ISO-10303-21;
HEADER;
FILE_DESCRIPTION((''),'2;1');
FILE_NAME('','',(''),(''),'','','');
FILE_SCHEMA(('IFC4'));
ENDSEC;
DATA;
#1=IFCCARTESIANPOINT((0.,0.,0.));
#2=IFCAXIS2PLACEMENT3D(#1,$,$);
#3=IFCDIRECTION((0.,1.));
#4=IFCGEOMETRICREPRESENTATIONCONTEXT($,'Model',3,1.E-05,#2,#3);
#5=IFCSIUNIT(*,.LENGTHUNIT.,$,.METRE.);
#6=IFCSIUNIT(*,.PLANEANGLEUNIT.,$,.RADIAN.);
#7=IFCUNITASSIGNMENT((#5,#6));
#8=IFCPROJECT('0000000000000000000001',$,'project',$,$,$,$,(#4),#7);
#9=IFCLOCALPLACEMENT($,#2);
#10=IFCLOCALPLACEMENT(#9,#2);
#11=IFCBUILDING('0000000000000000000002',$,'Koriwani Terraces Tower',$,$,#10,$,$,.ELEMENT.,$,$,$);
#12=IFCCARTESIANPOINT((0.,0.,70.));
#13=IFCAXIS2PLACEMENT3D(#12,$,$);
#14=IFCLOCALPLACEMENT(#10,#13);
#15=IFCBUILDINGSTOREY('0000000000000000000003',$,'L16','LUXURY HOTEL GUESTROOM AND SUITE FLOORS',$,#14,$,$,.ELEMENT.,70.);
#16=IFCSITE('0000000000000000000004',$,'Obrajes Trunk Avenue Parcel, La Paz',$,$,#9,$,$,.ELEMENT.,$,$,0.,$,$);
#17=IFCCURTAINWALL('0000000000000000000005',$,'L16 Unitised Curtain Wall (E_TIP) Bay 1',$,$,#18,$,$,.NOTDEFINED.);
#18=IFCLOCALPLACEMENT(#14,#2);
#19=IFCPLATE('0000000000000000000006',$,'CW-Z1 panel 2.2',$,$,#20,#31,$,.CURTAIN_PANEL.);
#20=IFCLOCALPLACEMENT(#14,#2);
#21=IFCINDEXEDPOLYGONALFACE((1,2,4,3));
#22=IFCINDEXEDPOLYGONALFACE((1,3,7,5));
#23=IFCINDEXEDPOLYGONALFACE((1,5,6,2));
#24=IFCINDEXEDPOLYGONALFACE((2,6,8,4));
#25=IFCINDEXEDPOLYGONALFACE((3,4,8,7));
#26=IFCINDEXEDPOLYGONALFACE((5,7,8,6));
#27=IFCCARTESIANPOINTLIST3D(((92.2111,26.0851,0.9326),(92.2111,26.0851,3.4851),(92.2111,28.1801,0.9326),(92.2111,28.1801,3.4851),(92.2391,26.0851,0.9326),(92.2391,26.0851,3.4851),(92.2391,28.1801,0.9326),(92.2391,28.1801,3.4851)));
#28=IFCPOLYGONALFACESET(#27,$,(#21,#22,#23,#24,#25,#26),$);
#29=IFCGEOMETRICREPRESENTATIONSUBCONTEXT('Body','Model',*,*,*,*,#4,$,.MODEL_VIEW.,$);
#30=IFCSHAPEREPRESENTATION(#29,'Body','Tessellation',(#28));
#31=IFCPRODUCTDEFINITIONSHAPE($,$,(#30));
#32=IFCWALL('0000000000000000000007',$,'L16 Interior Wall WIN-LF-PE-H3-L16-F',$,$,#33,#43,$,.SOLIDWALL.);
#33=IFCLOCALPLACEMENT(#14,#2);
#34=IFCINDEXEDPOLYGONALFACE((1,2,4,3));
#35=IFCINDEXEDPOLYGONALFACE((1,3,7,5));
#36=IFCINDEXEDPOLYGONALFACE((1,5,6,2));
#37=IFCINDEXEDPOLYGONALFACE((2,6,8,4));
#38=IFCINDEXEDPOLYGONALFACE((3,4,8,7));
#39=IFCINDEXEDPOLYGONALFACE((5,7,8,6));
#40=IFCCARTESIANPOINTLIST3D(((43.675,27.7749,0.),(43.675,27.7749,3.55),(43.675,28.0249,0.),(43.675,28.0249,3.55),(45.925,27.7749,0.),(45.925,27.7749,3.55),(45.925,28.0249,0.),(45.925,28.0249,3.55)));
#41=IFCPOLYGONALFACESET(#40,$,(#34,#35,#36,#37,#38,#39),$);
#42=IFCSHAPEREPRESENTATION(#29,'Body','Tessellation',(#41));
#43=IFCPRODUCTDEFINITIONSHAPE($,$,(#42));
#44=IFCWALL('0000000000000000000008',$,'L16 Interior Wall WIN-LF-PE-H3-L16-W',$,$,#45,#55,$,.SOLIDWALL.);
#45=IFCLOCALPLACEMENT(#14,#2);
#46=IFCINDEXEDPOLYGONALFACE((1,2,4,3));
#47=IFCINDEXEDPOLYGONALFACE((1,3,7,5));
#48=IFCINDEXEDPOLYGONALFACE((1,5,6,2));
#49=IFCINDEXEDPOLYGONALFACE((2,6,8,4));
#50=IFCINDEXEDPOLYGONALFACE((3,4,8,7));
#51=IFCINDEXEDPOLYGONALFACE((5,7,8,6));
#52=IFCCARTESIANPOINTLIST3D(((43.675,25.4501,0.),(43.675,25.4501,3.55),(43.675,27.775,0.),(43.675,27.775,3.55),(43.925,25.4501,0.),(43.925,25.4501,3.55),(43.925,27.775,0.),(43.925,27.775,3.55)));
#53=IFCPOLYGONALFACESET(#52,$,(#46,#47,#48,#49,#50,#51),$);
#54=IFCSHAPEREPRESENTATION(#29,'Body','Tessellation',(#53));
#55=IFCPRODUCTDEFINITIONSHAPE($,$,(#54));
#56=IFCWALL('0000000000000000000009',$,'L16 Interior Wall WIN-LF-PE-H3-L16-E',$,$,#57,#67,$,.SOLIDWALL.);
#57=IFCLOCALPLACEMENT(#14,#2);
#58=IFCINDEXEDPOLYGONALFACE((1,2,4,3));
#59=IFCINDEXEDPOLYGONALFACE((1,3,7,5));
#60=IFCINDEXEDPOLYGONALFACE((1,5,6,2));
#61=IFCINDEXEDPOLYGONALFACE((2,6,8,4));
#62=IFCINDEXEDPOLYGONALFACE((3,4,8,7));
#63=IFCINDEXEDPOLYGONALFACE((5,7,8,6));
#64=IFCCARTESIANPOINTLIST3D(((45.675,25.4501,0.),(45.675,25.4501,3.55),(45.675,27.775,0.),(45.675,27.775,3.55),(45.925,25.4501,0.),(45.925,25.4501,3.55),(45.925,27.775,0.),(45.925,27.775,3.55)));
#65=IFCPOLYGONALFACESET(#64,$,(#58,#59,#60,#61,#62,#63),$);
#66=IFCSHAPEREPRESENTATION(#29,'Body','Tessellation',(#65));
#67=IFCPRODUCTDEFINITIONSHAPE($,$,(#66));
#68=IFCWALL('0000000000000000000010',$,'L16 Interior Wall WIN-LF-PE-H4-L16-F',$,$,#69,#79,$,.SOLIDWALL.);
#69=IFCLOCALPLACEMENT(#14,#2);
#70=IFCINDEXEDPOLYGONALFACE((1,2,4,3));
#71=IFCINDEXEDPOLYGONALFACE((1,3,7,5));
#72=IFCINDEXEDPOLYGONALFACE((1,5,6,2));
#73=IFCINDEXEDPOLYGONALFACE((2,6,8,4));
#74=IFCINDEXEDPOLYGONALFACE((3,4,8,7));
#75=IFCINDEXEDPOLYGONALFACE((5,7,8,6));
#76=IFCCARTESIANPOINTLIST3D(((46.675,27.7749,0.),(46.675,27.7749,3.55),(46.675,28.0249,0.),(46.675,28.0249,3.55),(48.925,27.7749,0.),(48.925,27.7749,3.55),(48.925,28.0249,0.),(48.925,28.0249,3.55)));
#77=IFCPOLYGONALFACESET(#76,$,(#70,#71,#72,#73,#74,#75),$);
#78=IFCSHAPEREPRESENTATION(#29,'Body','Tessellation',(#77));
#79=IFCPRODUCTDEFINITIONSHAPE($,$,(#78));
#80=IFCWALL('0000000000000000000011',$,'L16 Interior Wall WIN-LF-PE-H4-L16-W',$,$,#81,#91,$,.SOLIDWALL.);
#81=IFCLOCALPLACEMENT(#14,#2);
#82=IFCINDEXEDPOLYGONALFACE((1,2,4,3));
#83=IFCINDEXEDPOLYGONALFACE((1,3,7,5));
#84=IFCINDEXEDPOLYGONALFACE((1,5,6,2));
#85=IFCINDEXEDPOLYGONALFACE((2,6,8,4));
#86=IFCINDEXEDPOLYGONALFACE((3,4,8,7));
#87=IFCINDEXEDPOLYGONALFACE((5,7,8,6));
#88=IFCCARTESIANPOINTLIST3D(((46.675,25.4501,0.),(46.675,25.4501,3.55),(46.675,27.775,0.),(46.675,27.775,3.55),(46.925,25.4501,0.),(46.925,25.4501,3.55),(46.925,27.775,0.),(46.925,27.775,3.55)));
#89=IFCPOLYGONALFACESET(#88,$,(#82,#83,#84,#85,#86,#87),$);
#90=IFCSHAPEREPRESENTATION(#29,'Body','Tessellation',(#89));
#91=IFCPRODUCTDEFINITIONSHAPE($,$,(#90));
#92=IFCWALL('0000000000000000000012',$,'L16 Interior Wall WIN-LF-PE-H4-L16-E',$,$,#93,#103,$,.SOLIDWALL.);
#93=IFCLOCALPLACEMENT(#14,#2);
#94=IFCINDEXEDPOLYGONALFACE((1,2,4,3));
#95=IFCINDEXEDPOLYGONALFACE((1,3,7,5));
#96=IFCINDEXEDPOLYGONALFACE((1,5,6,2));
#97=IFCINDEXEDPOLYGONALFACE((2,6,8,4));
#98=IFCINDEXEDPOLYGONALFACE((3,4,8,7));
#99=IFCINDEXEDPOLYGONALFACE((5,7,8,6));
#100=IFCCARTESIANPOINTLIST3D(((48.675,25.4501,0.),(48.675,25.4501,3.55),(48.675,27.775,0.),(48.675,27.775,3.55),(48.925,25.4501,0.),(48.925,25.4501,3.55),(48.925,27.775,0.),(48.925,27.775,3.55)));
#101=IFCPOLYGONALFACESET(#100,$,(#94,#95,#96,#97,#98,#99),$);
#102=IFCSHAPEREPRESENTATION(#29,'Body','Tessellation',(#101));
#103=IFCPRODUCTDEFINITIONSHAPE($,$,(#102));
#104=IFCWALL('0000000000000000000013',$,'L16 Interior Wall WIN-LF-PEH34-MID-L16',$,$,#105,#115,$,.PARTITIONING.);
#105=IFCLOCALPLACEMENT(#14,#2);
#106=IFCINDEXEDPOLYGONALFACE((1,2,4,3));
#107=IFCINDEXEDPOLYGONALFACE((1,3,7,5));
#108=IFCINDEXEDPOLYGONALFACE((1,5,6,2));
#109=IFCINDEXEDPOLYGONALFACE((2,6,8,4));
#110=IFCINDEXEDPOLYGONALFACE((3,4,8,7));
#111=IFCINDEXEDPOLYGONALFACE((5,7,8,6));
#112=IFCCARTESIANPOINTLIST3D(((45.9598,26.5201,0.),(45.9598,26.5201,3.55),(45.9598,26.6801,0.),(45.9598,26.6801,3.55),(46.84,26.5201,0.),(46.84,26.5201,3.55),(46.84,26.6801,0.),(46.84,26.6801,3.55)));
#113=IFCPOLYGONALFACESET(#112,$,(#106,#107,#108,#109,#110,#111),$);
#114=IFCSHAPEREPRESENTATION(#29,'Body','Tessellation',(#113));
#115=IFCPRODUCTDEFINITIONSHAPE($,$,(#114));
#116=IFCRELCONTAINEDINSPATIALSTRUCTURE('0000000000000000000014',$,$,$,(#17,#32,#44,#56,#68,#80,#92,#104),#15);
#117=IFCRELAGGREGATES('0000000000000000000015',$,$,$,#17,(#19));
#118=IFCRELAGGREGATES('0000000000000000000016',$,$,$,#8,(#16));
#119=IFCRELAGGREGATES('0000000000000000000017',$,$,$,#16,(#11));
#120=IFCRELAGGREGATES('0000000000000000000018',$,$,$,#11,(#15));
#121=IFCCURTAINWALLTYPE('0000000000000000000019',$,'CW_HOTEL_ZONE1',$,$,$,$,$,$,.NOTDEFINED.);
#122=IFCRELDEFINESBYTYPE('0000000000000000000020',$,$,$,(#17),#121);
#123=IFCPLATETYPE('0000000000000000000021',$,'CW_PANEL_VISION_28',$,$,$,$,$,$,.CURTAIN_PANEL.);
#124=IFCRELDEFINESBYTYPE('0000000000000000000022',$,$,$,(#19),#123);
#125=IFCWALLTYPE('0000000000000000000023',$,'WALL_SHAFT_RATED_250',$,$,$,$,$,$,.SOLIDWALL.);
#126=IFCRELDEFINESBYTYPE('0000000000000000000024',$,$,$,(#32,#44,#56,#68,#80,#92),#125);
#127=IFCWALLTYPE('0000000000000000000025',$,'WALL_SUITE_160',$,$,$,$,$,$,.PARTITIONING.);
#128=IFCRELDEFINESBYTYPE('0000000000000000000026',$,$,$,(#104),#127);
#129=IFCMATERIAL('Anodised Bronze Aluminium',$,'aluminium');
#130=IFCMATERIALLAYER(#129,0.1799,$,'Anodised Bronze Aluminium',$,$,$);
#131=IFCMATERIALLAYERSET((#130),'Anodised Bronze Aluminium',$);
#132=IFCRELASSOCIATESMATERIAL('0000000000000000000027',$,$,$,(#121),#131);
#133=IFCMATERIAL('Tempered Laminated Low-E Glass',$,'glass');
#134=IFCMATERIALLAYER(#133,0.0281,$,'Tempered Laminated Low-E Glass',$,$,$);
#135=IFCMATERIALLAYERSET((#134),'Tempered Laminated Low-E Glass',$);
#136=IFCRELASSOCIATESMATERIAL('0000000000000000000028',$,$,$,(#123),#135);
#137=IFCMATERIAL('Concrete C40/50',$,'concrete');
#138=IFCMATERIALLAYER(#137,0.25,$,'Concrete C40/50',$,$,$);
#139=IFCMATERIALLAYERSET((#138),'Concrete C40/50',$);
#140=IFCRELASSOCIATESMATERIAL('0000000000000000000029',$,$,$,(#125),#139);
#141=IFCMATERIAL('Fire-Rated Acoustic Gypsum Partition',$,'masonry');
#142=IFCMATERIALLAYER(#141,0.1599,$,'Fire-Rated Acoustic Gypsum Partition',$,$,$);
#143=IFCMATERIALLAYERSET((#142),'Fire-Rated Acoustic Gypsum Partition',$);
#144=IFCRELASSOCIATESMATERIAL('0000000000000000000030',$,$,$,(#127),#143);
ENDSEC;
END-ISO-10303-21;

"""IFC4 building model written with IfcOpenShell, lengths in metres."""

from ifc_helpers import new_model, si_unit, direction, frame, frame_2d, origin, origin_2d, place, context, subcontext, project, spatial, rectangle, extrude, material, layer, layer_set, type_object, element, aggregate, save


model = new_model("IFC4")

# Units and contexts
model_context = context("Model", 3, precision=1e-05, world=origin(), true_north=direction((0.0, 1.0)))
body_context = subcontext(model_context, "Body", "Model", "MODEL_VIEW")
ifc_project = project(units=[si_unit("LENGTHUNIT", "METRE"), si_unit("PLANEANGLEUNIT", "RADIAN")], contexts=[model_context])

# Site, building, storey
site_placement = place(None, origin())
site = spatial("IfcSite", under=ifc_project, at=site_placement, Name="Obrajes Trunk Avenue Parcel, La Paz", CompositionType="ELEMENT", RefElevation=0.0)
building_placement = place(site_placement, origin())
building = spatial("IfcBuilding", under=site, at=building_placement, Name="Koriwani Terraces Tower", CompositionType="ELEMENT")
storey_placement = place(building_placement, frame((0.0, 0.0, 70.0)))
storey = spatial("IfcBuildingStorey", under=building, at=storey_placement, Name="L16", Description="LUXURY HOTEL GUESTROOM AND SUITE FLOORS", CompositionType="ELEMENT", Elevation=70.0)

# Curtain wall
ifc_material_1 = material(Name="Anodised Bronze Aluminium", Category="aluminium")
ifc_layer_1 = layer(ifc_material_1, 0.1799, Name="Anodised Bronze Aluminium")
ifc_layer_set_1 = layer_set([ifc_layer_1], Name="Anodised Bronze Aluminium")
curtain_wall_type = type_object("IfcCurtainWallType", Name="CW_HOTEL_ZONE1", PredefinedType="NOTDEFINED", material=ifc_layer_set_1)
curtain_wall_placement = place(storey_placement, origin())
curtain_wall = element("IfcCurtainWall", 1, at=curtain_wall_placement, inside=storey, type_object=curtain_wall_type, Name="L16 Unitised Curtain Wall (E_TIP) Bay 1", PredefinedType="NOTDEFINED")

# Plate
ifc_material_2 = material(Name="Tempered Laminated Low-E Glass", Category="glass")
ifc_layer_2 = layer(ifc_material_2, 0.0281, Name="Tempered Laminated Low-E Glass")
ifc_layer_set_2 = layer_set([ifc_layer_2], Name="Tempered Laminated Low-E Glass")
plate_type = type_object("IfcPlateType", Name="CW_PANEL_VISION_28", PredefinedType="CURTAIN_PANEL", material=ifc_layer_set_2)
plate_1_placement = place(storey_placement, frame((92.2251, 27.1326, 0.9326), z_axis=(0.0, 0.0, 1.0), x_axis=(0.0, -1.0, 0.0)))
plate_1 = element("IfcPlate", 2, at=plate_1_placement, type_object=plate_type, Name="CW-Z1 panel 2.2", PredefinedType="CURTAIN_PANEL", context=body_context, shape_type="SweptSolid", body=[
    extrude(rectangle(XDim=2.095, YDim=0.0281, at=origin_2d()), origin(), (0.0, 0.0, 1.0), 2.5525),
])
aggregate(curtain_wall, [plate_1])

# Walls
ifc_material_3 = material(Name="Concrete C40/50", Category="concrete")
ifc_layer_3 = layer(ifc_material_3, 0.25, Name="Concrete C40/50")
ifc_layer_set_3 = layer_set([ifc_layer_3], Name="Concrete C40/50")
wall_type_1 = type_object("IfcWallType", Name="WALL_SHAFT_RATED_250", PredefinedType="SOLIDWALL", material=ifc_layer_set_3)
wall_1_placement = place(storey_placement, frame((43.675, 27.8999, 0.0), z_axis=(0.0, 0.0, 1.0), x_axis=(1.0, 0.0, 0.0)))
element("IfcWall", 3, at=wall_1_placement, inside=storey, type_object=wall_type_1, Name="L16 Interior Wall WIN-LF-PE-H3-L16-F", PredefinedType="SOLIDWALL", context=body_context, shape_type="SweptSolid", body=[
    extrude(rectangle(XDim=2.25, YDim=0.25, at=frame_2d((1.125, 0.0))), origin(), (0.0, 0.0, 1.0), 3.55),
])
for number, where, z_axis, x_axis, name in (
    (4, (43.8, 25.45, 0.0), (0.0, 0.0, 1.0), (0.0, 1.0, 0.0), "L16 Interior Wall WIN-LF-PE-H3-L16-W"),
    (5, (45.8, 25.45, 0.0), (0.0, 0.0, 1.0), (0.0, 1.0, 0.0), "L16 Interior Wall WIN-LF-PE-H3-L16-E"),
):
    element("IfcWall", number, at=place(storey_placement, frame(where, z_axis=z_axis, x_axis=x_axis)), inside=storey, type_object=wall_type_1, Name=name, PredefinedType="SOLIDWALL", context=body_context, shape_type="SweptSolid", body=[
        extrude(rectangle(XDim=2.325, YDim=0.25, at=frame_2d((1.1626, 0.0))), origin(), (0.0, 0.0, 1.0), 3.55),
    ])
wall_2_placement = place(storey_placement, frame((46.675, 27.8999, 0.0), z_axis=(0.0, 0.0, 1.0), x_axis=(1.0, 0.0, 0.0)))
element("IfcWall", 6, at=wall_2_placement, inside=storey, type_object=wall_type_1, Name="L16 Interior Wall WIN-LF-PE-H4-L16-F", PredefinedType="SOLIDWALL", context=body_context, shape_type="SweptSolid", body=[
    extrude(rectangle(XDim=2.25, YDim=0.25, at=frame_2d((1.125, 0.0))), origin(), (0.0, 0.0, 1.0), 3.55),
])
for number, where, z_axis, x_axis, name in (
    (7, (46.8, 25.45, 0.0), (0.0, 0.0, 1.0), (0.0, 1.0, 0.0), "L16 Interior Wall WIN-LF-PE-H4-L16-W"),
    (8, (48.8, 25.45, 0.0), (0.0, 0.0, 1.0), (0.0, 1.0, 0.0), "L16 Interior Wall WIN-LF-PE-H4-L16-E"),
):
    element("IfcWall", number, at=place(storey_placement, frame(where, z_axis=z_axis, x_axis=x_axis)), inside=storey, type_object=wall_type_1, Name=name, PredefinedType="SOLIDWALL", context=body_context, shape_type="SweptSolid", body=[
        extrude(rectangle(XDim=2.325, YDim=0.25, at=frame_2d((1.1626, 0.0))), origin(), (0.0, 0.0, 1.0), 3.55),
    ])
ifc_material_4 = material(Name="Fire-Rated Acoustic Gypsum Partition", Category="masonry")
ifc_layer_4 = layer(ifc_material_4, 0.1599, Name="Fire-Rated Acoustic Gypsum Partition")
ifc_layer_set_4 = layer_set([ifc_layer_4], Name="Fire-Rated Acoustic Gypsum Partition")
wall_type_2 = type_object("IfcWallType", Name="WALL_SUITE_160", PredefinedType="PARTITIONING", material=ifc_layer_set_4)
wall_3_placement = place(storey_placement, frame((45.96, 26.6001, 0.0), z_axis=(0.0, 0.0, 1.0), x_axis=(1.0, 0.0, 0.0)))
element("IfcWall", 9, at=wall_3_placement, inside=storey, type_object=wall_type_2, Name="L16 Interior Wall WIN-LF-PEH34-MID-L16", PredefinedType="PARTITIONING", context=body_context, shape_type="SweptSolid", body=[
    extrude(rectangle(XDim=0.8801, YDim=0.1599, at=frame_2d((0.4399, 0.0))), origin(), (0.0, 0.0, 1.0), 3.55),
])

save(model, "model.ifc")
